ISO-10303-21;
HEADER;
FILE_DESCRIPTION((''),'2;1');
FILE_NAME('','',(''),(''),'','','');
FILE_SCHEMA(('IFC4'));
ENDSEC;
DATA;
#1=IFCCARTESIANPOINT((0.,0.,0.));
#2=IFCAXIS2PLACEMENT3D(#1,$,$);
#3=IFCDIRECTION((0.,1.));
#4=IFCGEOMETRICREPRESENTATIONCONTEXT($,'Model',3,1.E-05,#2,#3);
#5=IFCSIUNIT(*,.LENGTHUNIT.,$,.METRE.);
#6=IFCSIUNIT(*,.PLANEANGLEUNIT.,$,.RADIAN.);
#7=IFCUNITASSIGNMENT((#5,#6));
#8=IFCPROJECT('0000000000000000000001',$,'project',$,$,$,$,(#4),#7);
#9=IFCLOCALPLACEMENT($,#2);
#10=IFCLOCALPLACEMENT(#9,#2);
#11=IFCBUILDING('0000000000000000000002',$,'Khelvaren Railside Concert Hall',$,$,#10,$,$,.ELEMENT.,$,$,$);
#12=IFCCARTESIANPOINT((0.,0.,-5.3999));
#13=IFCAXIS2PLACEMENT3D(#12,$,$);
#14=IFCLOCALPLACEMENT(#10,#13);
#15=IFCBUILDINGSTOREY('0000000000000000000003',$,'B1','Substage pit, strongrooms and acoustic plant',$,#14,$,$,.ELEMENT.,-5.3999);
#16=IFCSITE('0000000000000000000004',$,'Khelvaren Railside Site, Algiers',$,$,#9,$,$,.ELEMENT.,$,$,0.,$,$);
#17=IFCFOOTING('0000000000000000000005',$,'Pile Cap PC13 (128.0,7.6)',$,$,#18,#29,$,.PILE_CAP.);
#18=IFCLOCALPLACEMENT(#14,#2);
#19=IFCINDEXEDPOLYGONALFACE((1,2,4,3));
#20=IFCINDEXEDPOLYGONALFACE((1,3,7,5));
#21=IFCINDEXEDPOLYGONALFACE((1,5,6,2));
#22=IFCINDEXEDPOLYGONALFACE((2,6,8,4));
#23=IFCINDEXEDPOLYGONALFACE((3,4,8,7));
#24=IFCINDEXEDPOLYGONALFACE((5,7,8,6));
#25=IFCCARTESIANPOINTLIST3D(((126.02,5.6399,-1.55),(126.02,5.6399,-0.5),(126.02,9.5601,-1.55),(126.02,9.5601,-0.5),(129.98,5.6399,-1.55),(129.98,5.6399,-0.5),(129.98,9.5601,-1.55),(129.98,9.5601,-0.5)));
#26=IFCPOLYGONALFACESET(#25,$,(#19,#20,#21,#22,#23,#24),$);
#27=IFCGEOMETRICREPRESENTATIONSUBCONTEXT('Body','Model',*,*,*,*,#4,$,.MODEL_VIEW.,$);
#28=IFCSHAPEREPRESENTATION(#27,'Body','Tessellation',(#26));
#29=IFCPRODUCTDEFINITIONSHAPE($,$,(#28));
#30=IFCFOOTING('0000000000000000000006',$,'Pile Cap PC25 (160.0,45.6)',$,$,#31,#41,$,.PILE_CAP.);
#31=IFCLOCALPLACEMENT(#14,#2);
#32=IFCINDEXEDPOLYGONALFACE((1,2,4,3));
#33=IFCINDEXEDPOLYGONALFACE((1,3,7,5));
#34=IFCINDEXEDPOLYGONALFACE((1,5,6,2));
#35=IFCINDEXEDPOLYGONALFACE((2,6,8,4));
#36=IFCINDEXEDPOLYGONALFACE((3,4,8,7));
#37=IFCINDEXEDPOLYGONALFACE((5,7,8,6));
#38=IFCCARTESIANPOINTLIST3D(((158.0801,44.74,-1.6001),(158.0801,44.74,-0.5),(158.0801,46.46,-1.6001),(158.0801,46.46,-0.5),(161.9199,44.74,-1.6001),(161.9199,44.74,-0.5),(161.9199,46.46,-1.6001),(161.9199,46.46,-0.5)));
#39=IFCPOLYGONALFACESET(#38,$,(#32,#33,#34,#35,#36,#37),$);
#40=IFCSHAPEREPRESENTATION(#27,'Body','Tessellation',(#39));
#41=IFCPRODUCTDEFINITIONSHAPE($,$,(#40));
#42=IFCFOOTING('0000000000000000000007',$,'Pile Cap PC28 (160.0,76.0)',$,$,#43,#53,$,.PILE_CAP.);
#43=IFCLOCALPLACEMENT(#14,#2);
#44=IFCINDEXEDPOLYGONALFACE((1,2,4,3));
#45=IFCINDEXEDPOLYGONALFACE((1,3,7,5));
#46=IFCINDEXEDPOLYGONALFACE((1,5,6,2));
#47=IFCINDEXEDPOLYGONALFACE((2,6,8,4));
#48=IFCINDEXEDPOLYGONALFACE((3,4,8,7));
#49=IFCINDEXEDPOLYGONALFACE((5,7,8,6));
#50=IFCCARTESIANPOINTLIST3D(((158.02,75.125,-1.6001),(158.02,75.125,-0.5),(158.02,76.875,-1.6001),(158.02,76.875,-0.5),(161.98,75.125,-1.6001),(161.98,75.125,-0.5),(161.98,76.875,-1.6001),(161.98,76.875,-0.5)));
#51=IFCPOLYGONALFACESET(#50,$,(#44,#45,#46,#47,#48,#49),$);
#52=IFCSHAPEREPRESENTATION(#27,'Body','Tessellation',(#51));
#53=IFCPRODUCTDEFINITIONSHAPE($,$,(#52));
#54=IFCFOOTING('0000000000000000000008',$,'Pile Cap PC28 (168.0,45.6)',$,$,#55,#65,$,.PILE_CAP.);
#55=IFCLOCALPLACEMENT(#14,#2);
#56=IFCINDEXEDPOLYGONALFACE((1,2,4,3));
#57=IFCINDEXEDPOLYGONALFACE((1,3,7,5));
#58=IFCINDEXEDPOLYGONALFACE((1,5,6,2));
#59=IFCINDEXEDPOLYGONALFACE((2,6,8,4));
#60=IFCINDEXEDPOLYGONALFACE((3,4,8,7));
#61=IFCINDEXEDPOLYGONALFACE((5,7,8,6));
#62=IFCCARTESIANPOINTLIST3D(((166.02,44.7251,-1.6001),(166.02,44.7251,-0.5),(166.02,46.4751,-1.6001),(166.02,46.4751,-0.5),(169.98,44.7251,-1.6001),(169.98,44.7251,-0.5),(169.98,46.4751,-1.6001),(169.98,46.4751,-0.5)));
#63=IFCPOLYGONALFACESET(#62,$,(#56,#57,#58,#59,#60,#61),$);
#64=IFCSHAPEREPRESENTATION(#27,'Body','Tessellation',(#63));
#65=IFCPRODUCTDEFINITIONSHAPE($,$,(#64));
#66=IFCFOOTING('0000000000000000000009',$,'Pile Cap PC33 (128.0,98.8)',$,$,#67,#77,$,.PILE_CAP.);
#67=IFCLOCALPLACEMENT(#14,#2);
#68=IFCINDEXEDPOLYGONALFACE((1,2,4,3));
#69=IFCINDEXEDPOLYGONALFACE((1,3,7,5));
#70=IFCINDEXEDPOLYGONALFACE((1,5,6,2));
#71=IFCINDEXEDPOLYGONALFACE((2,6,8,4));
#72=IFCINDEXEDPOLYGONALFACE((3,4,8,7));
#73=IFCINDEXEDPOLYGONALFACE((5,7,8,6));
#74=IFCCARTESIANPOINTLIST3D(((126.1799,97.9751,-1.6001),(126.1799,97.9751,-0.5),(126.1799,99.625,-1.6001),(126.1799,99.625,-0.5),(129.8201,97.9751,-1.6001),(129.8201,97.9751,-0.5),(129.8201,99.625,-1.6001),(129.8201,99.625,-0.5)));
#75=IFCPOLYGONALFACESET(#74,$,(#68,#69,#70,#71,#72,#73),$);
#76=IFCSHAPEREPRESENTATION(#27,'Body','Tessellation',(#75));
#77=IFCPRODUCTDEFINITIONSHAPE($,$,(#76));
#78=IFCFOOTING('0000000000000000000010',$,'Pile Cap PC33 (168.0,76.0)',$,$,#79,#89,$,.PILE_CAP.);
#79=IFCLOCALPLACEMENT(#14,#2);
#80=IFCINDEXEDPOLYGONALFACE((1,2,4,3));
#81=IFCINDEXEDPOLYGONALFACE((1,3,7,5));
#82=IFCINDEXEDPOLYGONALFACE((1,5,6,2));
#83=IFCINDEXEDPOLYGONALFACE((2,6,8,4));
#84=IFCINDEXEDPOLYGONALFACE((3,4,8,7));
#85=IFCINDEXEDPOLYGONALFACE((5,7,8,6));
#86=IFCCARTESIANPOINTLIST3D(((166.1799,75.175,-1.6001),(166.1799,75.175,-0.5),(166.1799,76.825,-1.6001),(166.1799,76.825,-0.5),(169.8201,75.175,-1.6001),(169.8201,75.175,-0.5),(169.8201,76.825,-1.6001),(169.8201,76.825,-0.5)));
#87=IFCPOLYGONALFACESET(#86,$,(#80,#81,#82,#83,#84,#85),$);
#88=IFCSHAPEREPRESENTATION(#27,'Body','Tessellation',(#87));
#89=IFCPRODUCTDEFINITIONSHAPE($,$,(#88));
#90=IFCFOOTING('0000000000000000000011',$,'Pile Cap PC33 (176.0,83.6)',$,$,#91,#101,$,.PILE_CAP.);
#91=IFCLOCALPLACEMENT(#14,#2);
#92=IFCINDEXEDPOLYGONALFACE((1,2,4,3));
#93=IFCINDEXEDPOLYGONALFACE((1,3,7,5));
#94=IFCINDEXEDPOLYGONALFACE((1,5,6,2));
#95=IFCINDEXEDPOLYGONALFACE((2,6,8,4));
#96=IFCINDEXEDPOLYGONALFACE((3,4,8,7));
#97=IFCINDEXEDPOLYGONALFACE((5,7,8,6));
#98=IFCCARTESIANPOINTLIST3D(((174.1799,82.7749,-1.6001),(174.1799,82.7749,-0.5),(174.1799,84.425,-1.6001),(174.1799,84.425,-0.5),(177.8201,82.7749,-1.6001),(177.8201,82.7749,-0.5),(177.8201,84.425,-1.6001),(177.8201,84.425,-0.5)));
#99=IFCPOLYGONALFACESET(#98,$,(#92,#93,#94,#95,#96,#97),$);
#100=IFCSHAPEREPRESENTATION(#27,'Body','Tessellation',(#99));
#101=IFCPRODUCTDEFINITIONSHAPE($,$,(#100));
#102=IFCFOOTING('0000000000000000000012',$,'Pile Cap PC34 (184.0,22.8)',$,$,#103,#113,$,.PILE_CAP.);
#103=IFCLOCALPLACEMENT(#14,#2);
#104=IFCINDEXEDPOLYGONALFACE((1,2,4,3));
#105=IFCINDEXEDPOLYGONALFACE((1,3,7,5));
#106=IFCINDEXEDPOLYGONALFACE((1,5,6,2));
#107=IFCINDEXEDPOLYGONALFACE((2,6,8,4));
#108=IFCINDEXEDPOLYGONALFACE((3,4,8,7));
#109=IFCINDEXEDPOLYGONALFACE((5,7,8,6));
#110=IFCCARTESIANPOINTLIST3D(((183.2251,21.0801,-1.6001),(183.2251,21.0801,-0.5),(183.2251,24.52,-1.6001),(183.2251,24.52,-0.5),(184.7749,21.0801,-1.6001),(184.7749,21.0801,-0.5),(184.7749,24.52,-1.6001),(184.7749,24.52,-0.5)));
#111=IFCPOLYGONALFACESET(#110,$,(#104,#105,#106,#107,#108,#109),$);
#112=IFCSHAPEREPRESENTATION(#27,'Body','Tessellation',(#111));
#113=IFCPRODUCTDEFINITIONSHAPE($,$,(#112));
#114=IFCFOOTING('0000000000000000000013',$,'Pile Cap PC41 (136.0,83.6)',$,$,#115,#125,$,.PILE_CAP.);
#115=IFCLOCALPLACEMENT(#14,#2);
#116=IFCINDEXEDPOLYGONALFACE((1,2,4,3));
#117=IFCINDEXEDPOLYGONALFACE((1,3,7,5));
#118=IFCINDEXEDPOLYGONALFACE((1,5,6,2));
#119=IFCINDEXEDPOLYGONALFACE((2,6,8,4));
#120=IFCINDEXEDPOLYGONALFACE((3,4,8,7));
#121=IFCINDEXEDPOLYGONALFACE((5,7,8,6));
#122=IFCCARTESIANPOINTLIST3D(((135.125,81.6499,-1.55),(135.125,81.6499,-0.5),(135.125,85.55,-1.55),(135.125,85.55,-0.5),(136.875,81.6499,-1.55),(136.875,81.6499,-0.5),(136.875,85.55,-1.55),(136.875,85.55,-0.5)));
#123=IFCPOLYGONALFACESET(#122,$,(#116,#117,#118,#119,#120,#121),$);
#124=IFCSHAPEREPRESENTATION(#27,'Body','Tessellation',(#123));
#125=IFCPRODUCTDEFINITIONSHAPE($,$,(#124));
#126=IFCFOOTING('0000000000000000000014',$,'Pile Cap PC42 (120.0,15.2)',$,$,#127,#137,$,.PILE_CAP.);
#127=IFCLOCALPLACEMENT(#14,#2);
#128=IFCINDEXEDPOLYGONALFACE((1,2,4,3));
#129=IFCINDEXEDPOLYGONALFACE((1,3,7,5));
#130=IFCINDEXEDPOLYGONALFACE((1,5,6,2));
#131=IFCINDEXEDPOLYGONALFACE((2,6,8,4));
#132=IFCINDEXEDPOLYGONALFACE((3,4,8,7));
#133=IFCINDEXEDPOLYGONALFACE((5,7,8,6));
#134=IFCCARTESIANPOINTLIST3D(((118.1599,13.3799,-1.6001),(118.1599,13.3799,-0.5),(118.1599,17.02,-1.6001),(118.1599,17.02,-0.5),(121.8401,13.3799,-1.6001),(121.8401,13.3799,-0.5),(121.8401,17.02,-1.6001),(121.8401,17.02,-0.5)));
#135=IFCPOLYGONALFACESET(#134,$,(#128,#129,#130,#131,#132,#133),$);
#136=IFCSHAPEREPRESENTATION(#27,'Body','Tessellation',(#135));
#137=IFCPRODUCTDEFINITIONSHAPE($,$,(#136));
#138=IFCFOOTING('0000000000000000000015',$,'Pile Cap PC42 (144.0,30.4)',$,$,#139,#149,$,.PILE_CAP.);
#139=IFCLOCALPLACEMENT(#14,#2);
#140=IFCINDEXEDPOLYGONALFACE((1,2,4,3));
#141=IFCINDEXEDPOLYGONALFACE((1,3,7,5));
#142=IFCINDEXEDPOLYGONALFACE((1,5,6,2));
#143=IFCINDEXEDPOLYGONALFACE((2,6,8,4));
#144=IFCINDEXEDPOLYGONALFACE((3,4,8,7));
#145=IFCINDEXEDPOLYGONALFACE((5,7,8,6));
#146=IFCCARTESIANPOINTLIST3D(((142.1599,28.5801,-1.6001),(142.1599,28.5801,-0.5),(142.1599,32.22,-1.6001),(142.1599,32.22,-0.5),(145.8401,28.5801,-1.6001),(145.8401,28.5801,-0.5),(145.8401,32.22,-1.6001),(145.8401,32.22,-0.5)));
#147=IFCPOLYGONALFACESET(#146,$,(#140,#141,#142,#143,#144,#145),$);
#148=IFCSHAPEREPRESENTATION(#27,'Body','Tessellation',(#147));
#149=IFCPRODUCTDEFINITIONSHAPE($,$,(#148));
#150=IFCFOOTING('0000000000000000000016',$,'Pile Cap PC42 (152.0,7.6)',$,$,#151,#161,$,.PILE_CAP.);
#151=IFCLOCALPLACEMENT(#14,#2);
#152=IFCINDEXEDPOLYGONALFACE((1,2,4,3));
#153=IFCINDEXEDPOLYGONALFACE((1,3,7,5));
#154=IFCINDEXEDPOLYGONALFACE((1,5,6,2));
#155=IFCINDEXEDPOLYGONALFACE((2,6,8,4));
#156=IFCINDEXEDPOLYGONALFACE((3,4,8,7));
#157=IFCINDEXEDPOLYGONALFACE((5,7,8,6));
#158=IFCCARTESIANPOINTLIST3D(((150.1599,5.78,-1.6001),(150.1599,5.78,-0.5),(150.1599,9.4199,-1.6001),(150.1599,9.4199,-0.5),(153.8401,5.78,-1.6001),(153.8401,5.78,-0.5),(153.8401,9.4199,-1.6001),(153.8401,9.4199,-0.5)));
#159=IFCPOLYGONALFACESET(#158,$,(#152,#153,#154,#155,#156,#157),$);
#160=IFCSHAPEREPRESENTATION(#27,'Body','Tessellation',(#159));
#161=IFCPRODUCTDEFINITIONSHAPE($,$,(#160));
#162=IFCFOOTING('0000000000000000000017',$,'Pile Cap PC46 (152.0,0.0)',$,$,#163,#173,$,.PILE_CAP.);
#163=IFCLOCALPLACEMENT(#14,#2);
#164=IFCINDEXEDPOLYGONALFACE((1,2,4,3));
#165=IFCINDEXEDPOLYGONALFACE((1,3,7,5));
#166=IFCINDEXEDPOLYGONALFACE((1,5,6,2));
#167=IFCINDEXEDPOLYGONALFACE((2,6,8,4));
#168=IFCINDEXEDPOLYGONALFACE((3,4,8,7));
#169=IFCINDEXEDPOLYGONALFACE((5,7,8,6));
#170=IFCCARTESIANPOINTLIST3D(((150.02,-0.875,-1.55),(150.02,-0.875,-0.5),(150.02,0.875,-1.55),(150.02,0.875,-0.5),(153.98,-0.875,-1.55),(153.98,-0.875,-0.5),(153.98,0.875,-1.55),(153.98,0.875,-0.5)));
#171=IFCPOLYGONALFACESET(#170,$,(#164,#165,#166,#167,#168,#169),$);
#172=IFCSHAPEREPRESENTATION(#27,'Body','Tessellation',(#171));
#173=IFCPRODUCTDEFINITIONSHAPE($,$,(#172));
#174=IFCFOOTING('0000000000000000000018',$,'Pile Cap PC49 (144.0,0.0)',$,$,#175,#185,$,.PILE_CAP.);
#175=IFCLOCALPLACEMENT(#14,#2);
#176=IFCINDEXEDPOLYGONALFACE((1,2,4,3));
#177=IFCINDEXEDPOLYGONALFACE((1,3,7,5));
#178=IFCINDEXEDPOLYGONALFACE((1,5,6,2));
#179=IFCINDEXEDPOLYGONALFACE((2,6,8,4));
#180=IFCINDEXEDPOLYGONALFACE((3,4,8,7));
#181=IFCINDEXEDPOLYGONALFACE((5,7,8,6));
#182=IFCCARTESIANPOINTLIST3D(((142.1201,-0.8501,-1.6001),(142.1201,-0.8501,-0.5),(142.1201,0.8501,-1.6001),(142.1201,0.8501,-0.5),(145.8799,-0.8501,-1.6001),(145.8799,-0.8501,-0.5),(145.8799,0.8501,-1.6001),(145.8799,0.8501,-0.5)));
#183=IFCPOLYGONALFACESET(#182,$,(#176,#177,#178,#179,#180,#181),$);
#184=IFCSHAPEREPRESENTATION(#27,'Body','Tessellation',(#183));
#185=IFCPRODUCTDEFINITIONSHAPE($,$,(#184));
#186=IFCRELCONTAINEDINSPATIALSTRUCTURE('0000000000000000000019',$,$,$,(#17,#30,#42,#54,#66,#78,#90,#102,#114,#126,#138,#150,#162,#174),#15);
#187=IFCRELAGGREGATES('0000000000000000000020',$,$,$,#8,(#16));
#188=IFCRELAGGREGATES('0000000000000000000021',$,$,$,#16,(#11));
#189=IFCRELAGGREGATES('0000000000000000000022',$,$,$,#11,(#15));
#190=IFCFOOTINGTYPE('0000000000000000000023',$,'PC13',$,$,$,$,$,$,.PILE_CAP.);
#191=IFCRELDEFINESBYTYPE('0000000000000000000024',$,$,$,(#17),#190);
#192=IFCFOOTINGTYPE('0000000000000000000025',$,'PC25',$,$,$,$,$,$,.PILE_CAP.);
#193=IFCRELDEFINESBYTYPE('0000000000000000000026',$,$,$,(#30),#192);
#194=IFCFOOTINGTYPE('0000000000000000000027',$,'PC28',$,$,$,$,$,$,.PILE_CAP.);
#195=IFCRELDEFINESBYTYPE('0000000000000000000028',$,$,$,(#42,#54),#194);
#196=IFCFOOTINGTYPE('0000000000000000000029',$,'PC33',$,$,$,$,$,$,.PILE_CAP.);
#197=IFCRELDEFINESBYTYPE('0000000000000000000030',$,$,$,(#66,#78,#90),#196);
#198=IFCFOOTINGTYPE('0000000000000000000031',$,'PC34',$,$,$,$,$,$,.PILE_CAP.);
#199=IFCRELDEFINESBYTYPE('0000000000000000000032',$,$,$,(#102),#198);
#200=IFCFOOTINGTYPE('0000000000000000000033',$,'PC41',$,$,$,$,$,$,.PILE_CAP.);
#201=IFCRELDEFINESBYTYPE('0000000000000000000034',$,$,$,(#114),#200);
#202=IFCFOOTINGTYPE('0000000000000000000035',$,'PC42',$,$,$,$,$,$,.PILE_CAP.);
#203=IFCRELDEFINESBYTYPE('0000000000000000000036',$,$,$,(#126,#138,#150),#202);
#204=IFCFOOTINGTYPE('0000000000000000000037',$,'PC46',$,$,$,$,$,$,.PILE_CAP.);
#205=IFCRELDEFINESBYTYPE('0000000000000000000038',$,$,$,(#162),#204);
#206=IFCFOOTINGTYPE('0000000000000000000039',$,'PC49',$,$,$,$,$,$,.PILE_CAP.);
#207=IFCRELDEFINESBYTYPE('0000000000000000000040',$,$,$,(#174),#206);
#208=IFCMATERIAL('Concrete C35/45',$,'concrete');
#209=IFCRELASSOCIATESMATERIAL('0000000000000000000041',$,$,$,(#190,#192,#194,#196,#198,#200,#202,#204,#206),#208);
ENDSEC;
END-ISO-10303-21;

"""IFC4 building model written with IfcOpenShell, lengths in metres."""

from ifc_helpers import new_model, si_unit, direction, frame, origin, place, context, subcontext, project, spatial, polyline, outline, extrude, material, type_object, element, save


model = new_model("IFC4")

# Units and contexts
model_context = context("Model", 3, precision=1e-05, world=origin(), true_north=direction((0.0, 1.0)))
body_context = subcontext(model_context, "Body", "Model", "MODEL_VIEW")
ifc_project = project(units=[si_unit("LENGTHUNIT", "METRE"), si_unit("PLANEANGLEUNIT", "RADIAN")], contexts=[model_context])

# Site, building, storey
site_placement = place(None, origin())
site = spatial("IfcSite", under=ifc_project, at=site_placement, Name="Khelvaren Railside Site, Algiers", CompositionType="ELEMENT", RefElevation=0.0)
building_placement = place(site_placement, origin())
building = spatial("IfcBuilding", under=site, at=building_placement, Name="Khelvaren Railside Concert Hall", CompositionType="ELEMENT")
storey_placement = place(building_placement, frame((0.0, 0.0, -5.3999)))
storey = spatial("IfcBuildingStorey", under=building, at=storey_placement, Name="B1", Description="Substage pit, strongrooms and acoustic plant", CompositionType="ELEMENT", Elevation=-5.3999)

# Footings
ifc_material = material(Name="Concrete C35/45", Category="concrete")
footing_type_1 = type_object("IfcFootingType", Name="PC13", PredefinedType="PILE_CAP", material=ifc_material)
footing_1_placement = place(storey_placement, frame((0.0, 0.0, -1.55)))
element("IfcFooting", 1, at=footing_1_placement, inside=storey, type_object=footing_type_1, Name="Pile Cap PC13 (128.0,7.6)", PredefinedType="PILE_CAP", context=body_context, shape_type="SweptSolid", body=[
    extrude(outline(polyline([(126.02, 5.6399), (129.98, 5.6399), (129.98, 9.5601), (126.02, 9.5601), (126.02, 5.6399)])), origin(), (0.0, 0.0, 1.0), 1.05),
])
footing_type_2 = type_object("IfcFootingType", Name="PC25", PredefinedType="PILE_CAP", material=ifc_material)
footing_2_placement = place(storey_placement, frame((0.0, 0.0, -1.6001)))
element("IfcFooting", 2, at=footing_2_placement, inside=storey, type_object=footing_type_2, Name="Pile Cap PC25 (160.0,45.6)", PredefinedType="PILE_CAP", context=body_context, shape_type="SweptSolid", body=[
    extrude(outline(polyline([(158.0801, 44.74), (161.9199, 44.74), (161.9199, 46.46), (158.0801, 46.46), (158.0801, 44.74)])), origin(), (0.0, 0.0, 1.0), 1.1001),
])
footing_type_3 = type_object("IfcFootingType", Name="PC28", PredefinedType="PILE_CAP", material=ifc_material)
footing_3_placement = place(storey_placement, frame((0.0, 0.0, -1.6001)))
element("IfcFooting", 3, at=footing_3_placement, inside=storey, type_object=footing_type_3, Name="Pile Cap PC28 (160.0,76.0)", PredefinedType="PILE_CAP", context=body_context, shape_type="SweptSolid", body=[
    extrude(outline(polyline([(158.02, 75.125), (161.98, 75.125), (161.98, 76.875), (158.02, 76.875), (158.02, 75.125)])), origin(), (0.0, 0.0, 1.0), 1.1001),
])
footing_4_placement = place(storey_placement, frame((0.0, 0.0, -1.6001)))
element("IfcFooting", 4, at=footing_4_placement, inside=storey, type_object=footing_type_3, Name="Pile Cap PC28 (168.0,45.6)", PredefinedType="PILE_CAP", context=body_context, shape_type="SweptSolid", body=[
    extrude(outline(polyline([(166.02, 44.7251), (169.98, 44.7251), (169.98, 46.4751), (166.02, 46.4751), (166.02, 44.7251)])), origin(), (0.0, 0.0, 1.0), 1.1001),
])
footing_type_4 = type_object("IfcFootingType", Name="PC33", PredefinedType="PILE_CAP", material=ifc_material)
footing_5_placement = place(storey_placement, frame((0.0, 0.0, -1.6001)))
element("IfcFooting", 5, at=footing_5_placement, inside=storey, type_object=footing_type_4, Name="Pile Cap PC33 (128.0,98.8)", PredefinedType="PILE_CAP", context=body_context, shape_type="SweptSolid", body=[
    extrude(outline(polyline([(126.1799, 97.9751), (129.8201, 97.9751), (129.8201, 99.625), (126.1799, 99.625), (126.1799, 97.9751)])), origin(), (0.0, 0.0, 1.0), 1.1001),
])
footing_6_placement = place(storey_placement, frame((0.0, 0.0, -1.6001)))
element("IfcFooting", 6, at=footing_6_placement, inside=storey, type_object=footing_type_4, Name="Pile Cap PC33 (168.0,76.0)", PredefinedType="PILE_CAP", context=body_context, shape_type="SweptSolid", body=[
    extrude(outline(polyline([(166.1799, 75.175), (169.8201, 75.175), (169.8201, 76.825), (166.1799, 76.825), (166.1799, 75.175)])), origin(), (0.0, 0.0, 1.0), 1.1001),
])
footing_7_placement = place(storey_placement, frame((0.0, 0.0, -1.6001)))
element("IfcFooting", 7, at=footing_7_placement, inside=storey, type_object=footing_type_4, Name="Pile Cap PC33 (176.0,83.6)", PredefinedType="PILE_CAP", context=body_context, shape_type="SweptSolid", body=[
    extrude(outline(polyline([(174.1799, 82.7749), (177.8201, 82.7749), (177.8201, 84.425), (174.1799, 84.425), (174.1799, 82.7749)])), origin(), (0.0, 0.0, 1.0), 1.1001),
])
footing_type_5 = type_object("IfcFootingType", Name="PC34", PredefinedType="PILE_CAP", material=ifc_material)
footing_8_placement = place(storey_placement, frame((0.0, 0.0, -1.6001)))
element("IfcFooting", 8, at=footing_8_placement, inside=storey, type_object=footing_type_5, Name="Pile Cap PC34 (184.0,22.8)", PredefinedType="PILE_CAP", context=body_context, shape_type="SweptSolid", body=[
    extrude(outline(polyline([(183.2251, 21.0801), (184.7749, 21.0801), (184.7749, 24.52), (183.2251, 24.52), (183.2251, 21.0801)])), origin(), (0.0, 0.0, 1.0), 1.1001),
])
footing_type_6 = type_object("IfcFootingType", Name="PC41", PredefinedType="PILE_CAP", material=ifc_material)
footing_9_placement = place(storey_placement, frame((0.0, 0.0, -1.55)))
element("IfcFooting", 9, at=footing_9_placement, inside=storey, type_object=footing_type_6, Name="Pile Cap PC41 (136.0,83.6)", PredefinedType="PILE_CAP", context=body_context, shape_type="SweptSolid", body=[
    extrude(outline(polyline([(135.125, 81.6499), (136.875, 81.6499), (136.875, 85.55), (135.125, 85.55), (135.125, 81.6499)])), origin(), (0.0, 0.0, 1.0), 1.05),
])
footing_type_7 = type_object("IfcFootingType", Name="PC42", PredefinedType="PILE_CAP", material=ifc_material)
footing_10_placement = place(storey_placement, frame((0.0, 0.0, -1.6001)))
element("IfcFooting", 10, at=footing_10_placement, inside=storey, type_object=footing_type_7, Name="Pile Cap PC42 (120.0,15.2)", PredefinedType="PILE_CAP", context=body_context, shape_type="SweptSolid", body=[
    extrude(outline(polyline([(118.1599, 13.3799), (121.8401, 13.3799), (121.8401, 17.02), (118.1599, 17.02), (118.1599, 13.3799)])), origin(), (0.0, 0.0, 1.0), 1.1001),
])
footing_11_placement = place(storey_placement, frame((0.0, 0.0, -1.6001)))
element("IfcFooting", 11, at=footing_11_placement, inside=storey, type_object=footing_type_7, Name="Pile Cap PC42 (144.0,30.4)", PredefinedType="PILE_CAP", context=body_context, shape_type="SweptSolid", body=[
    extrude(outline(polyline([(142.1599, 28.5801), (145.8401, 28.5801), (145.8401, 32.22), (142.1599, 32.22), (142.1599, 28.5801)])), origin(), (0.0, 0.0, 1.0), 1.1001),
])
footing_12_placement = place(storey_placement, frame((0.0, 0.0, -1.6001)))
element("IfcFooting", 12, at=footing_12_placement, inside=storey, type_object=footing_type_7, Name="Pile Cap PC42 (152.0,7.6)", PredefinedType="PILE_CAP", context=body_context, shape_type="SweptSolid", body=[
    extrude(outline(polyline([(150.1599, 5.78), (153.8401, 5.78), (153.8401, 9.4199), (150.1599, 9.4199), (150.1599, 5.78)])), origin(), (0.0, 0.0, 1.0), 1.1001),
])
footing_type_8 = type_object("IfcFootingType", Name="PC46", PredefinedType="PILE_CAP", material=ifc_material)
footing_13_placement = place(storey_placement, frame((0.0, 0.0, -1.55)))
element("IfcFooting", 13, at=footing_13_placement, inside=storey, type_object=footing_type_8, Name="Pile Cap PC46 (152.0,0.0)", PredefinedType="PILE_CAP", context=body_context, shape_type="SweptSolid", body=[
    extrude(outline(polyline([(150.02, -0.875), (153.98, -0.875), (153.98, 0.875), (150.02, 0.875), (150.02, -0.875)])), origin(), (0.0, 0.0, 1.0), 1.05),
])
footing_type_9 = type_object("IfcFootingType", Name="PC49", PredefinedType="PILE_CAP", material=ifc_material)
footing_14_placement = place(storey_placement, frame((0.0, 0.0, -1.6001)))
element("IfcFooting", 14, at=footing_14_placement, inside=storey, type_object=footing_type_9, Name="Pile Cap PC49 (144.0,0.0)", PredefinedType="PILE_CAP", context=body_context, shape_type="SweptSolid", body=[
    extrude(outline(polyline([(142.1201, -0.8501), (145.8799, -0.8501), (145.8799, 0.8501), (142.1201, 0.8501), (142.1201, -0.8501)])), origin(), (0.0, 0.0, 1.0), 1.1001),
])

save(model, "model.ifc")
